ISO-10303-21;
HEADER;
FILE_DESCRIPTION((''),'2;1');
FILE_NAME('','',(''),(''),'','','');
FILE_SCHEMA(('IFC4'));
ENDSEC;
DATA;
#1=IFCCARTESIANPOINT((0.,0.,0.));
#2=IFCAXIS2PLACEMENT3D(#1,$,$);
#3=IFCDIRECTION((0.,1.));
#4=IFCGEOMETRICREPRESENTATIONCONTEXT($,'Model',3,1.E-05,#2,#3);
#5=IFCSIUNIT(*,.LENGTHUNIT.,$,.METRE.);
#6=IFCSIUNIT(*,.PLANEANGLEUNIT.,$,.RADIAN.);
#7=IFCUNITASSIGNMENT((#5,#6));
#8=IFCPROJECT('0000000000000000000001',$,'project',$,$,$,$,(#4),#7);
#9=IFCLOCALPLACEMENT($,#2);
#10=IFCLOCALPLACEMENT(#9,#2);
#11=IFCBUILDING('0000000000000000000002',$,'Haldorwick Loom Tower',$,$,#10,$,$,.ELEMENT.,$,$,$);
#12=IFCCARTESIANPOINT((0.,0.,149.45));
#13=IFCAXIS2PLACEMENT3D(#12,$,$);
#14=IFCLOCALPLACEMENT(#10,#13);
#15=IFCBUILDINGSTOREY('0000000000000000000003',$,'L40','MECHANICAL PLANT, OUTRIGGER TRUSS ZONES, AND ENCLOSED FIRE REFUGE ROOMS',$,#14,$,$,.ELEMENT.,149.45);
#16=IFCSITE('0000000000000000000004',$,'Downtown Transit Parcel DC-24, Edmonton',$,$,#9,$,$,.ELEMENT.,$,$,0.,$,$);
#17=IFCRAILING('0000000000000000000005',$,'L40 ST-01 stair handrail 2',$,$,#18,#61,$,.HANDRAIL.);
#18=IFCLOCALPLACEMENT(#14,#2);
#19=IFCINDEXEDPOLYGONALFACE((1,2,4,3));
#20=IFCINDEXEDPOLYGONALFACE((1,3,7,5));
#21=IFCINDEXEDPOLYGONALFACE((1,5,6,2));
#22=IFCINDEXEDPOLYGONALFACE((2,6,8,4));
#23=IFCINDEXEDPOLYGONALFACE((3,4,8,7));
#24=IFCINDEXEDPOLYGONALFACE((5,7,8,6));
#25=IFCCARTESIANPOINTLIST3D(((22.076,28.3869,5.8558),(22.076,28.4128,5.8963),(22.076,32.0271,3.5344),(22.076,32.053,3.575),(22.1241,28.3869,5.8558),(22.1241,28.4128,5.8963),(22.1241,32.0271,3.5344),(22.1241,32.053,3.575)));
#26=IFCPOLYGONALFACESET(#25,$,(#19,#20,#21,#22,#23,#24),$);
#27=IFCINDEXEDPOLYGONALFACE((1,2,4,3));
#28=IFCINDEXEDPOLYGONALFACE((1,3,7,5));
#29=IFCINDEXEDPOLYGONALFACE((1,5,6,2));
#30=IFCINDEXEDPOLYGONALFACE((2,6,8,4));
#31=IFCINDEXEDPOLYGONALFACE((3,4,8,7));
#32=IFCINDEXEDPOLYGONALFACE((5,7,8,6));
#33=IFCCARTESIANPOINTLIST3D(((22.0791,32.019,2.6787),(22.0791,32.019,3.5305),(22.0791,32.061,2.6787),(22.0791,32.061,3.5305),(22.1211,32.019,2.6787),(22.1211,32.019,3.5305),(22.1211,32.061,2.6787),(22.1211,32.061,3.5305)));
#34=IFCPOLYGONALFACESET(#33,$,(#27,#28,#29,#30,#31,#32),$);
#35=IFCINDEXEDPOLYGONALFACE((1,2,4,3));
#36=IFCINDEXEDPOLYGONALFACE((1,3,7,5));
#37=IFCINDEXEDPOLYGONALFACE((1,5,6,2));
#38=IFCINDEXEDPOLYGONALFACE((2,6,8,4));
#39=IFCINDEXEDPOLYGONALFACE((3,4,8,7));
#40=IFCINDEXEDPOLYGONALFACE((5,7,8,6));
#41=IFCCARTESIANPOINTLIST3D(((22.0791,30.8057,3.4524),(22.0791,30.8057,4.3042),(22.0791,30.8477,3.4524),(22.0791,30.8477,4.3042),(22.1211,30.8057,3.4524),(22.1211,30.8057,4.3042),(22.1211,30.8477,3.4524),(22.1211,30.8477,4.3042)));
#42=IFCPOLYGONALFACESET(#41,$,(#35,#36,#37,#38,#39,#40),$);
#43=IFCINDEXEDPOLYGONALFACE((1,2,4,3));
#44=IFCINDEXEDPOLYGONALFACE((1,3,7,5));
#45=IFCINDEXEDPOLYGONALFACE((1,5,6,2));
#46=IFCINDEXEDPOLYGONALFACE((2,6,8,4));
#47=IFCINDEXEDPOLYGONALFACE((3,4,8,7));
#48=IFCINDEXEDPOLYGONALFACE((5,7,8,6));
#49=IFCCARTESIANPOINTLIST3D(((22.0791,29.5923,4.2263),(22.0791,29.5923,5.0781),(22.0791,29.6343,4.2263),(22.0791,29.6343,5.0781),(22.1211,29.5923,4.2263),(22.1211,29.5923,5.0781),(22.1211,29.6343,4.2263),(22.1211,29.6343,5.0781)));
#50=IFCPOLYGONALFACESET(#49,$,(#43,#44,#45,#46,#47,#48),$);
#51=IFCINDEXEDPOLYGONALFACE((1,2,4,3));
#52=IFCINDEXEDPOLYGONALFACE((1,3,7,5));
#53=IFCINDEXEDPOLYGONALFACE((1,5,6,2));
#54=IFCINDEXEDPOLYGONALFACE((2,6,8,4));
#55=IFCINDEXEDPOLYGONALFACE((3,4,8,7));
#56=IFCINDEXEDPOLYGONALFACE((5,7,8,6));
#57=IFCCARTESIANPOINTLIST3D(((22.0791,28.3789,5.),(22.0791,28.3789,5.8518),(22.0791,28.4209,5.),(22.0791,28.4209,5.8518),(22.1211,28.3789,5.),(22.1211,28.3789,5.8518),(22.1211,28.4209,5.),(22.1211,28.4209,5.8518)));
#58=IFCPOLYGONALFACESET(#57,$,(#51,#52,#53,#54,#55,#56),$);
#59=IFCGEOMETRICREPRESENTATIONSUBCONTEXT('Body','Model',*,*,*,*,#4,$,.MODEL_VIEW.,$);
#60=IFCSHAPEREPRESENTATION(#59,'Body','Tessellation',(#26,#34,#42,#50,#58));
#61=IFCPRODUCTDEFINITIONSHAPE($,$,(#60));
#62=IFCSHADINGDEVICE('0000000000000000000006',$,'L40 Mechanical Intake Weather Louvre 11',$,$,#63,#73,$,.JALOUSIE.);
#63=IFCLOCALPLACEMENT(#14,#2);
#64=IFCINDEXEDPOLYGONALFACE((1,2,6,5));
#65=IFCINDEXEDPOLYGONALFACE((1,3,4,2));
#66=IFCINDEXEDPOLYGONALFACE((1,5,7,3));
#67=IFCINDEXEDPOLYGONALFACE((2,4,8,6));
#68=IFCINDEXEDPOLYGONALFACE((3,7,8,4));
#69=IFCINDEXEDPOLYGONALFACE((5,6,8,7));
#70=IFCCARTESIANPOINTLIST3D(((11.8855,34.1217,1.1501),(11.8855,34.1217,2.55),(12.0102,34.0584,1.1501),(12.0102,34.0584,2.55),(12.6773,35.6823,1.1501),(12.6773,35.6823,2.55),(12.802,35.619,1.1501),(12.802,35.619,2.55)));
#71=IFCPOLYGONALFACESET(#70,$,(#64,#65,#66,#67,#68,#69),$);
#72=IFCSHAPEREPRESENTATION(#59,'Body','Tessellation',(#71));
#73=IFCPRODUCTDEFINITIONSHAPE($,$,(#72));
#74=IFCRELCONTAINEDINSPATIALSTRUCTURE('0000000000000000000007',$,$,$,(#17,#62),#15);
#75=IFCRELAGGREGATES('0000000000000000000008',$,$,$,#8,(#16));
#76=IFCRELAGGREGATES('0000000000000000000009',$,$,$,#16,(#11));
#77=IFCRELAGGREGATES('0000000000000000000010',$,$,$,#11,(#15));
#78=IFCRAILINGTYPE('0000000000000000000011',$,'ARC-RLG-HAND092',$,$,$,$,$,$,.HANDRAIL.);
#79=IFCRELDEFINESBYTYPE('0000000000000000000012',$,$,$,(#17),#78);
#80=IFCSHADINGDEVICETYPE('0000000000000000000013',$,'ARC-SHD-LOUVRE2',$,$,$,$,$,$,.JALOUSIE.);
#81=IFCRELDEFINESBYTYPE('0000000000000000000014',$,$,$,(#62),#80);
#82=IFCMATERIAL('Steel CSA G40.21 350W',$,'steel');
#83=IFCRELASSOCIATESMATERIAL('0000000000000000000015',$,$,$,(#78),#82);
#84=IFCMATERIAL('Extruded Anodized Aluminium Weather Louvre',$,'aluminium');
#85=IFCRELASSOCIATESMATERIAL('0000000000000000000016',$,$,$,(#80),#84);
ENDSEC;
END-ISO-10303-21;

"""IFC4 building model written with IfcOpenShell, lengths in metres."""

from ifc_helpers import new_model, si_unit, direction, frame, origin, origin_2d, place, context, subcontext, project, spatial, rectangle, extrude, material, type_object, element, save


model = new_model("IFC4")

# Units and contexts
model_context = context("Model", 3, precision=1e-05, world=origin(), true_north=direction((0.0, 1.0)))
body_context = subcontext(model_context, "Body", "Model", "MODEL_VIEW")
ifc_project = project(units=[si_unit("LENGTHUNIT", "METRE"), si_unit("PLANEANGLEUNIT", "RADIAN")], contexts=[model_context])

# Site, building, storey
site_placement = place(None, origin())
site = spatial("IfcSite", under=ifc_project, at=site_placement, Name="Downtown Transit Parcel DC-24, Edmonton", CompositionType="ELEMENT", RefElevation=0.0)
building_placement = place(site_placement, origin())
building = spatial("IfcBuilding", under=site, at=building_placement, Name="Haldorwick Loom Tower", CompositionType="ELEMENT")
storey_placement = place(building_placement, frame((0.0, 0.0, 149.45)))
storey = spatial("IfcBuildingStorey", under=building, at=storey_placement, Name="L40", Description="MECHANICAL PLANT, OUTRIGGER TRUSS ZONES, AND ENCLOSED FIRE REFUGE ROOMS", CompositionType="ELEMENT", Elevation=149.45)

# Shared definitions
ifc_material_1 = material(Name="Steel CSA G40.21 350W", Category="steel")

# Railing
railing_type = type_object("IfcRailingType", Name="ARC-RLG-HAND092", PredefinedType="HANDRAIL", material=ifc_material_1)
railing_placement = place(storey_placement, frame((22.1001, 32.04, 2.6787)))
element("IfcRailing", 1, at=railing_placement, inside=storey, type_object=railing_type, Name="L40 ST-01 stair handrail 2", PredefinedType="HANDRAIL", context=body_context, shape_type="SweptSolid", body=[
    extrude(rectangle(XDim=0.0481, YDim=0.0481, at=origin_2d()), frame((0.0, 0.0, 0.876), z_axis=(0.0, -0.843153, 0.537673), x_axis=(1.0, 0.0, 0.0)), (0.0, 0.0, 1.0), 4.3174),
    extrude(rectangle(XDim=0.042, YDim=0.042, at=origin_2d()), origin(), (0.0, 0.0, 1.0), 0.8518),
    extrude(rectangle(XDim=0.042, YDim=0.042, at=origin_2d()), frame((0.0, -1.2134, 0.7737)), (0.0, 0.0, 1.0), 0.8518),
    extrude(rectangle(XDim=0.042, YDim=0.042, at=origin_2d()), frame((0.0, -2.4268, 1.5476)), (0.0, 0.0, 1.0), 0.8518),
    extrude(rectangle(XDim=0.042, YDim=0.042, at=origin_2d()), frame((0.0, -3.6401, 2.3213)), (0.0, 0.0, 1.0), 0.8518),
])

# Shading device
ifc_material_2 = material(Name="Extruded Anodized Aluminium Weather Louvre", Category="aluminium")
shading_device_type = type_object("IfcShadingDeviceType", Name="ARC-SHD-LOUVRE2", PredefinedType="JALOUSIE", material=ifc_material_2)
shading_device_placement = place(storey_placement, frame((12.3438, 34.8704, 1.1501), z_axis=(0.0, 0.0, 1.0), x_axis=(-0.452435, -0.891798, 0.0)))
element("IfcShadingDevice", 2, at=shading_device_placement, inside=storey, type_object=shading_device_type, Name="L40 Mechanical Intake Weather Louvre 11", PredefinedType="JALOUSIE", context=body_context, shape_type="SweptSolid", body=[
    extrude(rectangle(XDim=1.75, YDim=0.1399, at=origin_2d()), origin(), (0.0, 0.0, 1.0), 1.3999),
])

save(model, "model.ifc")
